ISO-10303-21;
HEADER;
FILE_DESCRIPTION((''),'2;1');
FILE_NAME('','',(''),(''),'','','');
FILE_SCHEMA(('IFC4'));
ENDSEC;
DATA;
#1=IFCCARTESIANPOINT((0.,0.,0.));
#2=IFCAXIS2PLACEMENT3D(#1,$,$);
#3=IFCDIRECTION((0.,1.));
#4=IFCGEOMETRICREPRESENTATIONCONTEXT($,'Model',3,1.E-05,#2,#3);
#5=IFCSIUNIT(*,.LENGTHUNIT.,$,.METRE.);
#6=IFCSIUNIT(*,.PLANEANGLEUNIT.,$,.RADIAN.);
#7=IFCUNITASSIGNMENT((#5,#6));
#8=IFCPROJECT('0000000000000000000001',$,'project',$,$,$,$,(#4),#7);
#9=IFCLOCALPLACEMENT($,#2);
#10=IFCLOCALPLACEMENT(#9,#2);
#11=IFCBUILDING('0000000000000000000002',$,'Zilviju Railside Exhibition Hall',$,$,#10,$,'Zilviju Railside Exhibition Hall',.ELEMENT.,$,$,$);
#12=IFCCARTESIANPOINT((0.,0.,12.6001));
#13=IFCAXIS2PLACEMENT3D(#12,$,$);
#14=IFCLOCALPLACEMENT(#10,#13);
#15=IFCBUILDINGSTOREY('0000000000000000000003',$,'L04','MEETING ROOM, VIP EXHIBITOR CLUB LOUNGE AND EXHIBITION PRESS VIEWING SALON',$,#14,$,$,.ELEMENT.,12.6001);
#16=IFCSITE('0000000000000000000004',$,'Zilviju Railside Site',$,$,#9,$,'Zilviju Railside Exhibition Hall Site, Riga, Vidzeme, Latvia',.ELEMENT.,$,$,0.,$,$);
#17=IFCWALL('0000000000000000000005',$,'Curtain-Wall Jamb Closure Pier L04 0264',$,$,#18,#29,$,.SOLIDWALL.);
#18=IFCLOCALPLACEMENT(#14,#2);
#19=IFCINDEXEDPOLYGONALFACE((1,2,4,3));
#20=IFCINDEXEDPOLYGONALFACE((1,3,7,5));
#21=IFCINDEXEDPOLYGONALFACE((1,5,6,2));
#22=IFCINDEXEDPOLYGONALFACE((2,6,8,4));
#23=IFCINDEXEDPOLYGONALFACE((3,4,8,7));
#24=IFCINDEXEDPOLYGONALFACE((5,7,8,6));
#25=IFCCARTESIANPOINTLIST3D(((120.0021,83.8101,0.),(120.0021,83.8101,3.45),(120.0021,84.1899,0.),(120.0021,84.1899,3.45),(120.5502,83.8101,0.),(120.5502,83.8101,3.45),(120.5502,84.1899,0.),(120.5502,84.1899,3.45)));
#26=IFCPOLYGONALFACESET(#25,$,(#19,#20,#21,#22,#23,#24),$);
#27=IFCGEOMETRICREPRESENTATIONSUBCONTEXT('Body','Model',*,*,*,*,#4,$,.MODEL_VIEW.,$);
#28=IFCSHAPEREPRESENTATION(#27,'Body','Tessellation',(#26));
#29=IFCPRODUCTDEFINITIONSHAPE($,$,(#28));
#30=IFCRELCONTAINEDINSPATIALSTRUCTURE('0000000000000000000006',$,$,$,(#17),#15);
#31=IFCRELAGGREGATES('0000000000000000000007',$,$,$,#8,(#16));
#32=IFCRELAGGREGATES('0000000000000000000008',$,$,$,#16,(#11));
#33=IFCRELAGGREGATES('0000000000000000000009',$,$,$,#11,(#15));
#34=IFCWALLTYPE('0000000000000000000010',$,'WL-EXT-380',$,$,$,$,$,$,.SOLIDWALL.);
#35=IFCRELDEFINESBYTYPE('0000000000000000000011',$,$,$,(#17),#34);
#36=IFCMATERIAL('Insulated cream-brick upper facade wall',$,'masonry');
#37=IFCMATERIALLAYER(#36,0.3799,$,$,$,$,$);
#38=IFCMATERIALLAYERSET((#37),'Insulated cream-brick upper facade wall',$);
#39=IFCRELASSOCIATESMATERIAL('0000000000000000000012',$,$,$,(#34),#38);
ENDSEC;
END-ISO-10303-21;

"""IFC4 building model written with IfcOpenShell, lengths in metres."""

from ifc_helpers import new_model, si_unit, direction, frame, frame_2d, origin, place, context, subcontext, project, spatial, rectangle, extrude, material, layer, layer_set, type_object, element, save


model = new_model("IFC4")

# Units and contexts
model_context = context("Model", 3, precision=1e-05, world=origin(), true_north=direction((0.0, 1.0)))
body_context = subcontext(model_context, "Body", "Model", "MODEL_VIEW")
ifc_project = project(units=[si_unit("LENGTHUNIT", "METRE"), si_unit("PLANEANGLEUNIT", "RADIAN")], contexts=[model_context])

# Site, building, storey
site_placement = place(None, origin())
site = spatial("IfcSite", under=ifc_project, at=site_placement, Name="Zilviju Railside Site", LongName="Zilviju Railside Exhibition Hall Site, Riga, Vidzeme, Latvia", CompositionType="ELEMENT", RefElevation=0.0)
building_placement = place(site_placement, origin())
building = spatial("IfcBuilding", under=site, at=building_placement, Name="Zilviju Railside Exhibition Hall", LongName="Zilviju Railside Exhibition Hall", CompositionType="ELEMENT")
storey_placement = place(building_placement, frame((0.0, 0.0, 12.6001)))
storey = spatial("IfcBuildingStorey", under=building, at=storey_placement, Name="L04", Description="MEETING ROOM, VIP EXHIBITOR CLUB LOUNGE AND EXHIBITION PRESS VIEWING SALON", CompositionType="ELEMENT", Elevation=12.6001)

# Wall
ifc_material_1 = material(Name="Insulated cream-brick upper facade wall", Category="masonry")
ifc_layer_1 = layer(ifc_material_1, 0.3799)
ifc_layer_set_1 = layer_set([ifc_layer_1], Name="Insulated cream-brick upper facade wall")
wall_type = type_object("IfcWallType", Name="WL-EXT-380", PredefinedType="SOLIDWALL", material=ifc_layer_set_1)
wall_1_placement = place(storey_placement, frame((120.55, 84.0, 0.0), z_axis=(0.0, 0.0, 1.0), x_axis=(-1.0, 0.0, 0.0)))
element("IfcWall", 1, at=wall_1_placement, inside=storey, type_object=wall_type, Name="Curtain-Wall Jamb Closure Pier L04 0264", PredefinedType="SOLIDWALL", context=body_context, shape_type="SweptSolid", body=[
    extrude(rectangle(XDim=0.5481, YDim=0.3799, at=frame_2d((0.2739, 0.0))), origin(), (0.0, 0.0, 1.0), 3.45),
])

save(model, "model.ifc")
